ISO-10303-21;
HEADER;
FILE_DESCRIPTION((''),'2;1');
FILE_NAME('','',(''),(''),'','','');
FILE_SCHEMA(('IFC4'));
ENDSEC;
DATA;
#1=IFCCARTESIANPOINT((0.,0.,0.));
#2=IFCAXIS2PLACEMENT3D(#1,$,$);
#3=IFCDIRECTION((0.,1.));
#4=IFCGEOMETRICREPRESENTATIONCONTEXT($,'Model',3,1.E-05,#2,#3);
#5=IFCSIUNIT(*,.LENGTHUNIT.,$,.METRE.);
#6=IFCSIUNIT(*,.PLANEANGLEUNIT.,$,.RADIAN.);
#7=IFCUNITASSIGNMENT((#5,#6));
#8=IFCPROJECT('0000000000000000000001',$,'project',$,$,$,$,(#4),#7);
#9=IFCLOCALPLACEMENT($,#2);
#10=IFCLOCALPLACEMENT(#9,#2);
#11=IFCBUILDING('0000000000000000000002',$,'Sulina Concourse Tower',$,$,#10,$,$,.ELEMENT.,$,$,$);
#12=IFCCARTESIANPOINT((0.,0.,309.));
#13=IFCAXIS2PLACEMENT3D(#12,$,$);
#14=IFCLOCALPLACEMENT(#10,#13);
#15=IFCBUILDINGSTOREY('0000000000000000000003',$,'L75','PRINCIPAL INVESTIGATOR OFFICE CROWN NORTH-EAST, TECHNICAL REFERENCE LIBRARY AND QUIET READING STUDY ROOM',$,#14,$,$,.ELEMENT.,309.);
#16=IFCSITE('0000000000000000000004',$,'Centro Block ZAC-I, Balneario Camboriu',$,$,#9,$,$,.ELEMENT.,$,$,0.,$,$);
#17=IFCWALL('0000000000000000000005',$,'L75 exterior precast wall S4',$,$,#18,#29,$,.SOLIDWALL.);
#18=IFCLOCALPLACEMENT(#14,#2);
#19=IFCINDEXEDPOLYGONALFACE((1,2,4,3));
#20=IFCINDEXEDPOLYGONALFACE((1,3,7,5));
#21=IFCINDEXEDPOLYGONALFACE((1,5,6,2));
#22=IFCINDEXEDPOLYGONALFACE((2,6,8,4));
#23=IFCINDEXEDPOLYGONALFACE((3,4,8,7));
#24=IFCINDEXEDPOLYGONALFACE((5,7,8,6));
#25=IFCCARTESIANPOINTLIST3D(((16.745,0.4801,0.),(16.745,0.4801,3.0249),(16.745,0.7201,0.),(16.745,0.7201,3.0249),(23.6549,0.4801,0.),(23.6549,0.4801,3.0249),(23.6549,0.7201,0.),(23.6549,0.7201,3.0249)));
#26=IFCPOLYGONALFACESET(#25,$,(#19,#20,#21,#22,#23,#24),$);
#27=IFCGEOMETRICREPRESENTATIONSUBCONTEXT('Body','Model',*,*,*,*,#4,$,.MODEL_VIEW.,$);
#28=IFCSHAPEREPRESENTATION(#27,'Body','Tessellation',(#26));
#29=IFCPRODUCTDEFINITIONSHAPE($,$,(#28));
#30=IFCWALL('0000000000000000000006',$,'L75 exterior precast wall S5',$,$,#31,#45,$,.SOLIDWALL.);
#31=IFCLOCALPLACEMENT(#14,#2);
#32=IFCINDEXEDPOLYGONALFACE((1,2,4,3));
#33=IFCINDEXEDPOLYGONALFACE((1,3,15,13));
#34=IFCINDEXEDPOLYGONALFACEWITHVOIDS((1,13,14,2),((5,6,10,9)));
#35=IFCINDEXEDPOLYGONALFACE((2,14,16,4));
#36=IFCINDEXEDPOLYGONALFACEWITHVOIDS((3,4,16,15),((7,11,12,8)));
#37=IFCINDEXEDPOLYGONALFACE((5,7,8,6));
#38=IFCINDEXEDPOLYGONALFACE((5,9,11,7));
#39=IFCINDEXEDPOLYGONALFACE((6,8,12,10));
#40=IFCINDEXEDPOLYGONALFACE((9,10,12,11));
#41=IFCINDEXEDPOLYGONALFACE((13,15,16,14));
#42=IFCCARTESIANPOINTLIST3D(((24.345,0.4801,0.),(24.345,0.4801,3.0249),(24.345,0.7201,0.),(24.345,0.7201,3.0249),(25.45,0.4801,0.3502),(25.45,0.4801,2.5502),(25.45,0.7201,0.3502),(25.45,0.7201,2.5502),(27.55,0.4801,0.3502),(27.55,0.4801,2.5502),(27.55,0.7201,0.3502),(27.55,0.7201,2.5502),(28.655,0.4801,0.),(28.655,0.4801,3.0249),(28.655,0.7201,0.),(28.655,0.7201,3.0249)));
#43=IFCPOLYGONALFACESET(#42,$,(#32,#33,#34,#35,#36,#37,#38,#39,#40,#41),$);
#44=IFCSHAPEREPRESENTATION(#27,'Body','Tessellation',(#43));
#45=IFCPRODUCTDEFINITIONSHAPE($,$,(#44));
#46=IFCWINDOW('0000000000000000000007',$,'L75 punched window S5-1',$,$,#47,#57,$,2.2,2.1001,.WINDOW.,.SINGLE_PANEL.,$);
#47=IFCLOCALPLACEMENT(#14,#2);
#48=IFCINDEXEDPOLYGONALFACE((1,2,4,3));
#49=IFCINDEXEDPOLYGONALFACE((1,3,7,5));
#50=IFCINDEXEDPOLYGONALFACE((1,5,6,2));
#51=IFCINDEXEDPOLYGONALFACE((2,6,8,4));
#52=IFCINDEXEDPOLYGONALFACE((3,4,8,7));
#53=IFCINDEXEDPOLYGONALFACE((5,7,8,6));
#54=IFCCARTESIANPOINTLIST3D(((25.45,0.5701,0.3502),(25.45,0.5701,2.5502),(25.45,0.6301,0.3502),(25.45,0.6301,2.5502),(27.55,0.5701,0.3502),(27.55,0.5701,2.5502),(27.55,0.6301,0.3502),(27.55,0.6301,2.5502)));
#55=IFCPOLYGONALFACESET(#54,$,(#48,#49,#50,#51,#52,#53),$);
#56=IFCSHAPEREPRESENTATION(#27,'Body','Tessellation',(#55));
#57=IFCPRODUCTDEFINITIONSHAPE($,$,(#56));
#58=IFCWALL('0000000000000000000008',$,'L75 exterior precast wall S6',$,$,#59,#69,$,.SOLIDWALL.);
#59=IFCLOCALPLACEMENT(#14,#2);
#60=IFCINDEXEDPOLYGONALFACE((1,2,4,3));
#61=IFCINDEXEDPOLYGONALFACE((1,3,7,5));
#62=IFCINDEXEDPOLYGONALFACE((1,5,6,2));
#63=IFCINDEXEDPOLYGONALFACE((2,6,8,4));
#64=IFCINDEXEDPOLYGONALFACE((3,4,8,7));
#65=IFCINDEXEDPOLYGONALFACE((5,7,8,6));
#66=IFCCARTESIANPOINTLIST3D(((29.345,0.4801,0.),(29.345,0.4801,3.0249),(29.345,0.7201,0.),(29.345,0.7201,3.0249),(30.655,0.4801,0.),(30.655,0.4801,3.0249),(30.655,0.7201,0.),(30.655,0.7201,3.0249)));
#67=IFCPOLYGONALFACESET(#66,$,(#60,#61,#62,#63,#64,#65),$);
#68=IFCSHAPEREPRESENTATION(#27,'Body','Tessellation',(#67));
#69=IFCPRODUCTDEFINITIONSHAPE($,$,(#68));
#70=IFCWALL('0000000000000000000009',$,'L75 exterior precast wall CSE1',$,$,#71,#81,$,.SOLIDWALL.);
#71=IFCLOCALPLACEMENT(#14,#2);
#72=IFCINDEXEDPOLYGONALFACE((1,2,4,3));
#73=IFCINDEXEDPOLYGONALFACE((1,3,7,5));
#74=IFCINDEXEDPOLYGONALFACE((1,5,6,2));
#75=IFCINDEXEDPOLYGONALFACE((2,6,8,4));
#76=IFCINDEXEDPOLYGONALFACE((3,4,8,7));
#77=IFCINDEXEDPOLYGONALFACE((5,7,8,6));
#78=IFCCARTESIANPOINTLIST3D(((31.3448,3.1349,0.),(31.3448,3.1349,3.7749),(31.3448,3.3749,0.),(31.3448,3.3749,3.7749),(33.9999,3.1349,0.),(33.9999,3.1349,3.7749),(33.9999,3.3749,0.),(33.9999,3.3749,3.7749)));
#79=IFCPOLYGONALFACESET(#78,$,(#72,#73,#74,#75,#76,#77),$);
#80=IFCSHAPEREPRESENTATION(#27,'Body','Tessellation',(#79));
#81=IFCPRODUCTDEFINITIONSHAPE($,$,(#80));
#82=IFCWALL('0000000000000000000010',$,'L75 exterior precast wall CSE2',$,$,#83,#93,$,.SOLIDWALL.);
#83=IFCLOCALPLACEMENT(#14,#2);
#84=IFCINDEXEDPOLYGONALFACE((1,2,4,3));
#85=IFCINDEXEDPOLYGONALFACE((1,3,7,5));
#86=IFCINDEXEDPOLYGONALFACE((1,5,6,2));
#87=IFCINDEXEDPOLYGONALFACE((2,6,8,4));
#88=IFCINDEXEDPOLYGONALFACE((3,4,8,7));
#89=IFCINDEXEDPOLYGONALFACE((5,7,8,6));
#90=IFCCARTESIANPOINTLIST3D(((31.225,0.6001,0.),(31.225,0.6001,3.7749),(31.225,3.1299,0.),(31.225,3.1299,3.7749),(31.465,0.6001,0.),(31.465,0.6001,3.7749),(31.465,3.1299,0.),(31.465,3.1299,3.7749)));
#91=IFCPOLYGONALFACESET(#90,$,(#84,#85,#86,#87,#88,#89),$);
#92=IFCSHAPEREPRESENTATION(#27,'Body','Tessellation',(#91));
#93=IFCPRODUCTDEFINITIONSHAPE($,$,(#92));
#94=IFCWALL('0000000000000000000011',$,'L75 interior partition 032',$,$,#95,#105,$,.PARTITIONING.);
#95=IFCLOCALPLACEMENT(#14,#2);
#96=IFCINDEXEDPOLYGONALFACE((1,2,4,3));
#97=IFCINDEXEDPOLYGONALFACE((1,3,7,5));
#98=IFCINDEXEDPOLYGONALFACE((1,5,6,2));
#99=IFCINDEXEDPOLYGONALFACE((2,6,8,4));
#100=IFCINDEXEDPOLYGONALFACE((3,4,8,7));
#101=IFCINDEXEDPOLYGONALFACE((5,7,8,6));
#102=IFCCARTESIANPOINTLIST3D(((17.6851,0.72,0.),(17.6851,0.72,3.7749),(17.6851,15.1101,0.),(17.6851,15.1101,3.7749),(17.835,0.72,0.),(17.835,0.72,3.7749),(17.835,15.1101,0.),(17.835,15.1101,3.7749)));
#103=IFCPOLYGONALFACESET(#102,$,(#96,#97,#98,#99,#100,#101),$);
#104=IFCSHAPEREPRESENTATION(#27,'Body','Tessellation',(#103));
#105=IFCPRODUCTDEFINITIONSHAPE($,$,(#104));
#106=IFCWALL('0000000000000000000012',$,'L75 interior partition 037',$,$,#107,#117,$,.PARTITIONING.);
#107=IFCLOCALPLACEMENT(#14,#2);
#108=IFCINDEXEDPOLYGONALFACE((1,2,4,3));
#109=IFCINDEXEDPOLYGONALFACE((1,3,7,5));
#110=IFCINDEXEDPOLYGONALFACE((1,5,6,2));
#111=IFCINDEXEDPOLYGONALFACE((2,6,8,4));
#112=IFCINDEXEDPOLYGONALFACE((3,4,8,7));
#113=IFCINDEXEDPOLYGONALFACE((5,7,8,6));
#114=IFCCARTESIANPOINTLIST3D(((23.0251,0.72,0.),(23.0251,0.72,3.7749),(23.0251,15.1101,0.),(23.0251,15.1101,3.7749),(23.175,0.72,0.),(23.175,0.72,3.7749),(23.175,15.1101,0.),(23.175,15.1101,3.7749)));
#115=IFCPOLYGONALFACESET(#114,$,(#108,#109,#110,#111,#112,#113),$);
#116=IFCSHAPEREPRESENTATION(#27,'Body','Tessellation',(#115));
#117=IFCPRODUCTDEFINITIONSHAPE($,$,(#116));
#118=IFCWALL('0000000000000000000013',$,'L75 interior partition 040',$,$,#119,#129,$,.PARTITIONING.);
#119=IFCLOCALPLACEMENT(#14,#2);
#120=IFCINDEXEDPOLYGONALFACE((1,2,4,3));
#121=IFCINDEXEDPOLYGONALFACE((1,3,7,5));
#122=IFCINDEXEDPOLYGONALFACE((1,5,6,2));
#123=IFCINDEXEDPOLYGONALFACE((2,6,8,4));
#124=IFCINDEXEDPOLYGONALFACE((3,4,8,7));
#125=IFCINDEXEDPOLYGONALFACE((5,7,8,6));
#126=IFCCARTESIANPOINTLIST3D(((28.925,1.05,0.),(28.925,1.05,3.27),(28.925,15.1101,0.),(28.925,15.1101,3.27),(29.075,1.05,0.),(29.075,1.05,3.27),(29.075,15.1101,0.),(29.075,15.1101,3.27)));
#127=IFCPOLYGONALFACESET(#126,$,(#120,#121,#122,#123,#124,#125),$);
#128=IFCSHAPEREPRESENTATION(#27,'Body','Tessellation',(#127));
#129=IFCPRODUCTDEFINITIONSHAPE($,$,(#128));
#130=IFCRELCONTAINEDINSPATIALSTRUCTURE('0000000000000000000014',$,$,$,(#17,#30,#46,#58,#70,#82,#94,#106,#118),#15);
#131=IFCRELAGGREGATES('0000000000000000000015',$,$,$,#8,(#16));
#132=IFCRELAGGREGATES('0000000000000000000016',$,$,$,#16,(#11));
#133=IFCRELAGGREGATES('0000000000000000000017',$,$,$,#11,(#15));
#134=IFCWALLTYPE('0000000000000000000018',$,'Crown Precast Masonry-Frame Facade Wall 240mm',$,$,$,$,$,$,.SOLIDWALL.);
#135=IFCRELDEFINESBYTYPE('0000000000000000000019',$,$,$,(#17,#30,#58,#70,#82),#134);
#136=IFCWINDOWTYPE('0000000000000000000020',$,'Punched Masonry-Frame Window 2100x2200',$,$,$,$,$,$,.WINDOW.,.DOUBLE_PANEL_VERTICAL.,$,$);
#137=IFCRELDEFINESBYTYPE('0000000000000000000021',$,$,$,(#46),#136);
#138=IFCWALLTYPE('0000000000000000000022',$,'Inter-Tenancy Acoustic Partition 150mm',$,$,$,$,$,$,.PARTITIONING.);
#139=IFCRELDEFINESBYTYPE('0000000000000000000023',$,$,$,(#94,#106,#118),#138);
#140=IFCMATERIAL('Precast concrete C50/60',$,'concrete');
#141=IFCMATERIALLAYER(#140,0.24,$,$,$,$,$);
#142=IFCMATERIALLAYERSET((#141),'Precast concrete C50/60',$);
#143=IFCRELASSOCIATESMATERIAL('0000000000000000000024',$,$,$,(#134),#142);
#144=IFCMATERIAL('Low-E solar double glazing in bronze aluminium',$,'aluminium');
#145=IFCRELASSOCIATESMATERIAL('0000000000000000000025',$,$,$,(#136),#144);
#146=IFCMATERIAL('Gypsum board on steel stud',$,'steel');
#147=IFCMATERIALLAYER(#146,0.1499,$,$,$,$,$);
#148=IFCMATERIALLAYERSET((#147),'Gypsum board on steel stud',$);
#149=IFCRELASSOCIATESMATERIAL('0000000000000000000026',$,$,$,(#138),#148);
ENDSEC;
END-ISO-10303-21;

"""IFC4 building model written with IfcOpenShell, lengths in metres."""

from ifc_helpers import new_model, si_unit, direction, frame, frame_2d, origin, place, context, subcontext, project, spatial, rectangle, extrude, material, layer, layer_set, type_object, element, fill, save


model = new_model("IFC4")

# Units and contexts
model_context = context("Model", 3, precision=1e-05, world=origin(), true_north=direction((0.0, 1.0)))
body_context = subcontext(model_context, "Body", "Model", "MODEL_VIEW")
ifc_project = project(units=[si_unit("LENGTHUNIT", "METRE"), si_unit("PLANEANGLEUNIT", "RADIAN")], contexts=[model_context])

# Site, building, storey
site_placement = place(None, origin())
site = spatial("IfcSite", under=ifc_project, at=site_placement, Name="Centro Block ZAC-I, Balneario Camboriu", CompositionType="ELEMENT", RefElevation=0.0)
building_placement = place(site_placement, origin())
building = spatial("IfcBuilding", under=site, at=building_placement, Name="Sulina Concourse Tower", CompositionType="ELEMENT")
storey_placement = place(building_placement, frame((0.0, 0.0, 309.0)))
storey = spatial("IfcBuildingStorey", under=building, at=storey_placement, Name="L75", Description="PRINCIPAL INVESTIGATOR OFFICE CROWN NORTH-EAST, TECHNICAL REFERENCE LIBRARY AND QUIET READING STUDY ROOM", CompositionType="ELEMENT", Elevation=309.0)

# Wall
ifc_material_1 = material(Name="Precast concrete C50/60", Category="concrete")
ifc_layer_1 = layer(ifc_material_1, 0.24)
ifc_layer_set_1 = layer_set([ifc_layer_1], Name="Precast concrete C50/60")
wall_type_1 = type_object("IfcWallType", Name="Crown Precast Masonry-Frame Facade Wall 240mm", PredefinedType="SOLIDWALL", material=ifc_layer_set_1)
wall_1_placement = place(storey_placement, frame((23.655, 0.6001, 0.0), z_axis=(0.0, 0.0, 1.0), x_axis=(-1.0, 0.0, 0.0)))
element("IfcWall", 1, at=wall_1_placement, inside=storey, type_object=wall_type_1, Name="L75 exterior precast wall S4", PredefinedType="SOLIDWALL", context=body_context, shape_type="SweptSolid", body=[
    extrude(rectangle(XDim=6.9099, YDim=0.24, at=frame_2d((3.4551, 0.0))), origin(), (0.0, 0.0, 1.0), 3.0249),
])

# Wall, opening, window
wall_2_placement = place(storey_placement, frame((28.655, 0.6001, 0.0), z_axis=(0.0, 0.0, 1.0), x_axis=(-1.0, 0.0, 0.0)))
wall_2 = element("IfcWall", 2, at=wall_2_placement, inside=storey, type_object=wall_type_1, Name="L75 exterior precast wall S5", PredefinedType="SOLIDWALL", context=body_context, shape_type="SweptSolid", body=[
    extrude(rectangle(XDim=4.3101, YDim=0.24, at=frame_2d((2.155, 0.0))), origin(), (0.0, 0.0, 1.0), 3.0249),
])
opening_placement = place(wall_2_placement, frame((1.105, 0.0, 0.3501)))
opening = element("IfcOpeningElement", 3, at=opening_placement, cuts=wall_2, PredefinedType="OPENING", context=body_context, shape_type="SweptSolid", body=[
    extrude(rectangle(XDim=2.1001, YDim=2.2, at=frame_2d((1.05, 1.1001))), frame((0.0, 0.1299, 0.0), z_axis=(0.0, -1.0, 0.0), x_axis=(1.0, 0.0, 0.0)), (0.0, 0.0, 1.0), 0.26),
])
ifc_material_2 = material(Name="Low-E solar double glazing in bronze aluminium", Category="aluminium")
window_type = type_object("IfcWindowType", Name="Punched Masonry-Frame Window 2100x2200", PartitioningType="DOUBLE_PANEL_VERTICAL", PredefinedType="WINDOW", material=ifc_material_2)
window_placement = place(opening_placement, origin())
window = element("IfcWindow", 4, at=window_placement, inside=storey, type_object=window_type, Name="L75 punched window S5-1", OverallHeight=2.2, OverallWidth=2.1001, PartitioningType="SINGLE_PANEL", PredefinedType="WINDOW", context=body_context, shape_type="SweptSolid", body=[
    extrude(rectangle(XDim=2.1001, YDim=2.2, at=frame_2d((1.05, 1.1001))), frame((0.0, 0.03, 0.0), z_axis=(0.0, -1.0, 0.0), x_axis=(1.0, 0.0, 0.0)), (0.0, 0.0, 1.0), 0.0601),
])
fill(opening, window)

# Walls
wall_3_placement = place(storey_placement, frame((30.655, 0.6001, 0.0), z_axis=(0.0, 0.0, 1.0), x_axis=(-1.0, 0.0, 0.0)))
element("IfcWall", 5, at=wall_3_placement, inside=storey, type_object=wall_type_1, Name="L75 exterior precast wall S6", PredefinedType="SOLIDWALL", context=body_context, shape_type="SweptSolid", body=[
    extrude(rectangle(XDim=1.3101, YDim=0.24, at=frame_2d((0.655, 0.0))), origin(), (0.0, 0.0, 1.0), 3.0249),
])
wall_4_placement = place(storey_placement, frame((34.0, 3.2549, 0.0), z_axis=(0.0, 0.0, 1.0), x_axis=(-1.0, 0.0, 0.0)))
element("IfcWall", 6, at=wall_4_placement, inside=storey, type_object=wall_type_1, Name="L75 exterior precast wall CSE1", PredefinedType="SOLIDWALL", context=body_context, shape_type="SweptSolid", body=[
    extrude(rectangle(XDim=2.655, YDim=0.24, at=frame_2d((1.3276, 0.0))), origin(), (0.0, 0.0, 1.0), 3.7749),
])
wall_5_placement = place(storey_placement, frame((31.345, 3.1299, 0.0), z_axis=(0.0, 0.0, 1.0), x_axis=(0.0, -1.0, 0.0)))
element("IfcWall", 7, at=wall_5_placement, inside=storey, type_object=wall_type_1, Name="L75 exterior precast wall CSE2", PredefinedType="SOLIDWALL", context=body_context, shape_type="SweptSolid", body=[
    extrude(rectangle(XDim=2.5298, YDim=0.24, at=frame_2d((1.2649, 0.0))), origin(), (0.0, 0.0, 1.0), 3.7749),
])
ifc_material_3 = material(Name="Gypsum board on steel stud", Category="steel")
ifc_layer_2 = layer(ifc_material_3, 0.1499)
ifc_layer_set_2 = layer_set([ifc_layer_2], Name="Gypsum board on steel stud")
wall_type_2 = type_object("IfcWallType", Name="Inter-Tenancy Acoustic Partition 150mm", PredefinedType="PARTITIONING", material=ifc_layer_set_2)
for number, where, z_axis, x_axis, name in (
    (8, (17.76, 0.72, 0.0), (0.0, 0.0, 1.0), (0.0, 1.0, 0.0), "L75 interior partition 032"),
    (9, (23.1001, 0.72, 0.0), (0.0, 0.0, 1.0), (0.0, 1.0, 0.0), "L75 interior partition 037"),
):
    element("IfcWall", number, at=place(storey_placement, frame(where, z_axis=z_axis, x_axis=x_axis)), inside=storey, type_object=wall_type_2, Name=name, PredefinedType="PARTITIONING", context=body_context, shape_type="SweptSolid", body=[
        extrude(rectangle(XDim=14.3901, YDim=0.1499, at=frame_2d((7.1951, 0.0))), origin(), (0.0, 0.0, 1.0), 3.7749),
    ])
wall_6_placement = place(storey_placement, frame((29.0, 1.05, 0.0), z_axis=(0.0, 0.0, 1.0), x_axis=(0.0, 1.0, 0.0)))
element("IfcWall", 10, at=wall_6_placement, inside=storey, type_object=wall_type_2, Name="L75 interior partition 040", PredefinedType="PARTITIONING", context=body_context, shape_type="SweptSolid", body=[
    extrude(rectangle(XDim=14.0601, YDim=0.1499, at=frame_2d((7.03, 0.0))), origin(), (0.0, 0.0, 1.0), 3.27),
])

save(model, "model.ifc")
